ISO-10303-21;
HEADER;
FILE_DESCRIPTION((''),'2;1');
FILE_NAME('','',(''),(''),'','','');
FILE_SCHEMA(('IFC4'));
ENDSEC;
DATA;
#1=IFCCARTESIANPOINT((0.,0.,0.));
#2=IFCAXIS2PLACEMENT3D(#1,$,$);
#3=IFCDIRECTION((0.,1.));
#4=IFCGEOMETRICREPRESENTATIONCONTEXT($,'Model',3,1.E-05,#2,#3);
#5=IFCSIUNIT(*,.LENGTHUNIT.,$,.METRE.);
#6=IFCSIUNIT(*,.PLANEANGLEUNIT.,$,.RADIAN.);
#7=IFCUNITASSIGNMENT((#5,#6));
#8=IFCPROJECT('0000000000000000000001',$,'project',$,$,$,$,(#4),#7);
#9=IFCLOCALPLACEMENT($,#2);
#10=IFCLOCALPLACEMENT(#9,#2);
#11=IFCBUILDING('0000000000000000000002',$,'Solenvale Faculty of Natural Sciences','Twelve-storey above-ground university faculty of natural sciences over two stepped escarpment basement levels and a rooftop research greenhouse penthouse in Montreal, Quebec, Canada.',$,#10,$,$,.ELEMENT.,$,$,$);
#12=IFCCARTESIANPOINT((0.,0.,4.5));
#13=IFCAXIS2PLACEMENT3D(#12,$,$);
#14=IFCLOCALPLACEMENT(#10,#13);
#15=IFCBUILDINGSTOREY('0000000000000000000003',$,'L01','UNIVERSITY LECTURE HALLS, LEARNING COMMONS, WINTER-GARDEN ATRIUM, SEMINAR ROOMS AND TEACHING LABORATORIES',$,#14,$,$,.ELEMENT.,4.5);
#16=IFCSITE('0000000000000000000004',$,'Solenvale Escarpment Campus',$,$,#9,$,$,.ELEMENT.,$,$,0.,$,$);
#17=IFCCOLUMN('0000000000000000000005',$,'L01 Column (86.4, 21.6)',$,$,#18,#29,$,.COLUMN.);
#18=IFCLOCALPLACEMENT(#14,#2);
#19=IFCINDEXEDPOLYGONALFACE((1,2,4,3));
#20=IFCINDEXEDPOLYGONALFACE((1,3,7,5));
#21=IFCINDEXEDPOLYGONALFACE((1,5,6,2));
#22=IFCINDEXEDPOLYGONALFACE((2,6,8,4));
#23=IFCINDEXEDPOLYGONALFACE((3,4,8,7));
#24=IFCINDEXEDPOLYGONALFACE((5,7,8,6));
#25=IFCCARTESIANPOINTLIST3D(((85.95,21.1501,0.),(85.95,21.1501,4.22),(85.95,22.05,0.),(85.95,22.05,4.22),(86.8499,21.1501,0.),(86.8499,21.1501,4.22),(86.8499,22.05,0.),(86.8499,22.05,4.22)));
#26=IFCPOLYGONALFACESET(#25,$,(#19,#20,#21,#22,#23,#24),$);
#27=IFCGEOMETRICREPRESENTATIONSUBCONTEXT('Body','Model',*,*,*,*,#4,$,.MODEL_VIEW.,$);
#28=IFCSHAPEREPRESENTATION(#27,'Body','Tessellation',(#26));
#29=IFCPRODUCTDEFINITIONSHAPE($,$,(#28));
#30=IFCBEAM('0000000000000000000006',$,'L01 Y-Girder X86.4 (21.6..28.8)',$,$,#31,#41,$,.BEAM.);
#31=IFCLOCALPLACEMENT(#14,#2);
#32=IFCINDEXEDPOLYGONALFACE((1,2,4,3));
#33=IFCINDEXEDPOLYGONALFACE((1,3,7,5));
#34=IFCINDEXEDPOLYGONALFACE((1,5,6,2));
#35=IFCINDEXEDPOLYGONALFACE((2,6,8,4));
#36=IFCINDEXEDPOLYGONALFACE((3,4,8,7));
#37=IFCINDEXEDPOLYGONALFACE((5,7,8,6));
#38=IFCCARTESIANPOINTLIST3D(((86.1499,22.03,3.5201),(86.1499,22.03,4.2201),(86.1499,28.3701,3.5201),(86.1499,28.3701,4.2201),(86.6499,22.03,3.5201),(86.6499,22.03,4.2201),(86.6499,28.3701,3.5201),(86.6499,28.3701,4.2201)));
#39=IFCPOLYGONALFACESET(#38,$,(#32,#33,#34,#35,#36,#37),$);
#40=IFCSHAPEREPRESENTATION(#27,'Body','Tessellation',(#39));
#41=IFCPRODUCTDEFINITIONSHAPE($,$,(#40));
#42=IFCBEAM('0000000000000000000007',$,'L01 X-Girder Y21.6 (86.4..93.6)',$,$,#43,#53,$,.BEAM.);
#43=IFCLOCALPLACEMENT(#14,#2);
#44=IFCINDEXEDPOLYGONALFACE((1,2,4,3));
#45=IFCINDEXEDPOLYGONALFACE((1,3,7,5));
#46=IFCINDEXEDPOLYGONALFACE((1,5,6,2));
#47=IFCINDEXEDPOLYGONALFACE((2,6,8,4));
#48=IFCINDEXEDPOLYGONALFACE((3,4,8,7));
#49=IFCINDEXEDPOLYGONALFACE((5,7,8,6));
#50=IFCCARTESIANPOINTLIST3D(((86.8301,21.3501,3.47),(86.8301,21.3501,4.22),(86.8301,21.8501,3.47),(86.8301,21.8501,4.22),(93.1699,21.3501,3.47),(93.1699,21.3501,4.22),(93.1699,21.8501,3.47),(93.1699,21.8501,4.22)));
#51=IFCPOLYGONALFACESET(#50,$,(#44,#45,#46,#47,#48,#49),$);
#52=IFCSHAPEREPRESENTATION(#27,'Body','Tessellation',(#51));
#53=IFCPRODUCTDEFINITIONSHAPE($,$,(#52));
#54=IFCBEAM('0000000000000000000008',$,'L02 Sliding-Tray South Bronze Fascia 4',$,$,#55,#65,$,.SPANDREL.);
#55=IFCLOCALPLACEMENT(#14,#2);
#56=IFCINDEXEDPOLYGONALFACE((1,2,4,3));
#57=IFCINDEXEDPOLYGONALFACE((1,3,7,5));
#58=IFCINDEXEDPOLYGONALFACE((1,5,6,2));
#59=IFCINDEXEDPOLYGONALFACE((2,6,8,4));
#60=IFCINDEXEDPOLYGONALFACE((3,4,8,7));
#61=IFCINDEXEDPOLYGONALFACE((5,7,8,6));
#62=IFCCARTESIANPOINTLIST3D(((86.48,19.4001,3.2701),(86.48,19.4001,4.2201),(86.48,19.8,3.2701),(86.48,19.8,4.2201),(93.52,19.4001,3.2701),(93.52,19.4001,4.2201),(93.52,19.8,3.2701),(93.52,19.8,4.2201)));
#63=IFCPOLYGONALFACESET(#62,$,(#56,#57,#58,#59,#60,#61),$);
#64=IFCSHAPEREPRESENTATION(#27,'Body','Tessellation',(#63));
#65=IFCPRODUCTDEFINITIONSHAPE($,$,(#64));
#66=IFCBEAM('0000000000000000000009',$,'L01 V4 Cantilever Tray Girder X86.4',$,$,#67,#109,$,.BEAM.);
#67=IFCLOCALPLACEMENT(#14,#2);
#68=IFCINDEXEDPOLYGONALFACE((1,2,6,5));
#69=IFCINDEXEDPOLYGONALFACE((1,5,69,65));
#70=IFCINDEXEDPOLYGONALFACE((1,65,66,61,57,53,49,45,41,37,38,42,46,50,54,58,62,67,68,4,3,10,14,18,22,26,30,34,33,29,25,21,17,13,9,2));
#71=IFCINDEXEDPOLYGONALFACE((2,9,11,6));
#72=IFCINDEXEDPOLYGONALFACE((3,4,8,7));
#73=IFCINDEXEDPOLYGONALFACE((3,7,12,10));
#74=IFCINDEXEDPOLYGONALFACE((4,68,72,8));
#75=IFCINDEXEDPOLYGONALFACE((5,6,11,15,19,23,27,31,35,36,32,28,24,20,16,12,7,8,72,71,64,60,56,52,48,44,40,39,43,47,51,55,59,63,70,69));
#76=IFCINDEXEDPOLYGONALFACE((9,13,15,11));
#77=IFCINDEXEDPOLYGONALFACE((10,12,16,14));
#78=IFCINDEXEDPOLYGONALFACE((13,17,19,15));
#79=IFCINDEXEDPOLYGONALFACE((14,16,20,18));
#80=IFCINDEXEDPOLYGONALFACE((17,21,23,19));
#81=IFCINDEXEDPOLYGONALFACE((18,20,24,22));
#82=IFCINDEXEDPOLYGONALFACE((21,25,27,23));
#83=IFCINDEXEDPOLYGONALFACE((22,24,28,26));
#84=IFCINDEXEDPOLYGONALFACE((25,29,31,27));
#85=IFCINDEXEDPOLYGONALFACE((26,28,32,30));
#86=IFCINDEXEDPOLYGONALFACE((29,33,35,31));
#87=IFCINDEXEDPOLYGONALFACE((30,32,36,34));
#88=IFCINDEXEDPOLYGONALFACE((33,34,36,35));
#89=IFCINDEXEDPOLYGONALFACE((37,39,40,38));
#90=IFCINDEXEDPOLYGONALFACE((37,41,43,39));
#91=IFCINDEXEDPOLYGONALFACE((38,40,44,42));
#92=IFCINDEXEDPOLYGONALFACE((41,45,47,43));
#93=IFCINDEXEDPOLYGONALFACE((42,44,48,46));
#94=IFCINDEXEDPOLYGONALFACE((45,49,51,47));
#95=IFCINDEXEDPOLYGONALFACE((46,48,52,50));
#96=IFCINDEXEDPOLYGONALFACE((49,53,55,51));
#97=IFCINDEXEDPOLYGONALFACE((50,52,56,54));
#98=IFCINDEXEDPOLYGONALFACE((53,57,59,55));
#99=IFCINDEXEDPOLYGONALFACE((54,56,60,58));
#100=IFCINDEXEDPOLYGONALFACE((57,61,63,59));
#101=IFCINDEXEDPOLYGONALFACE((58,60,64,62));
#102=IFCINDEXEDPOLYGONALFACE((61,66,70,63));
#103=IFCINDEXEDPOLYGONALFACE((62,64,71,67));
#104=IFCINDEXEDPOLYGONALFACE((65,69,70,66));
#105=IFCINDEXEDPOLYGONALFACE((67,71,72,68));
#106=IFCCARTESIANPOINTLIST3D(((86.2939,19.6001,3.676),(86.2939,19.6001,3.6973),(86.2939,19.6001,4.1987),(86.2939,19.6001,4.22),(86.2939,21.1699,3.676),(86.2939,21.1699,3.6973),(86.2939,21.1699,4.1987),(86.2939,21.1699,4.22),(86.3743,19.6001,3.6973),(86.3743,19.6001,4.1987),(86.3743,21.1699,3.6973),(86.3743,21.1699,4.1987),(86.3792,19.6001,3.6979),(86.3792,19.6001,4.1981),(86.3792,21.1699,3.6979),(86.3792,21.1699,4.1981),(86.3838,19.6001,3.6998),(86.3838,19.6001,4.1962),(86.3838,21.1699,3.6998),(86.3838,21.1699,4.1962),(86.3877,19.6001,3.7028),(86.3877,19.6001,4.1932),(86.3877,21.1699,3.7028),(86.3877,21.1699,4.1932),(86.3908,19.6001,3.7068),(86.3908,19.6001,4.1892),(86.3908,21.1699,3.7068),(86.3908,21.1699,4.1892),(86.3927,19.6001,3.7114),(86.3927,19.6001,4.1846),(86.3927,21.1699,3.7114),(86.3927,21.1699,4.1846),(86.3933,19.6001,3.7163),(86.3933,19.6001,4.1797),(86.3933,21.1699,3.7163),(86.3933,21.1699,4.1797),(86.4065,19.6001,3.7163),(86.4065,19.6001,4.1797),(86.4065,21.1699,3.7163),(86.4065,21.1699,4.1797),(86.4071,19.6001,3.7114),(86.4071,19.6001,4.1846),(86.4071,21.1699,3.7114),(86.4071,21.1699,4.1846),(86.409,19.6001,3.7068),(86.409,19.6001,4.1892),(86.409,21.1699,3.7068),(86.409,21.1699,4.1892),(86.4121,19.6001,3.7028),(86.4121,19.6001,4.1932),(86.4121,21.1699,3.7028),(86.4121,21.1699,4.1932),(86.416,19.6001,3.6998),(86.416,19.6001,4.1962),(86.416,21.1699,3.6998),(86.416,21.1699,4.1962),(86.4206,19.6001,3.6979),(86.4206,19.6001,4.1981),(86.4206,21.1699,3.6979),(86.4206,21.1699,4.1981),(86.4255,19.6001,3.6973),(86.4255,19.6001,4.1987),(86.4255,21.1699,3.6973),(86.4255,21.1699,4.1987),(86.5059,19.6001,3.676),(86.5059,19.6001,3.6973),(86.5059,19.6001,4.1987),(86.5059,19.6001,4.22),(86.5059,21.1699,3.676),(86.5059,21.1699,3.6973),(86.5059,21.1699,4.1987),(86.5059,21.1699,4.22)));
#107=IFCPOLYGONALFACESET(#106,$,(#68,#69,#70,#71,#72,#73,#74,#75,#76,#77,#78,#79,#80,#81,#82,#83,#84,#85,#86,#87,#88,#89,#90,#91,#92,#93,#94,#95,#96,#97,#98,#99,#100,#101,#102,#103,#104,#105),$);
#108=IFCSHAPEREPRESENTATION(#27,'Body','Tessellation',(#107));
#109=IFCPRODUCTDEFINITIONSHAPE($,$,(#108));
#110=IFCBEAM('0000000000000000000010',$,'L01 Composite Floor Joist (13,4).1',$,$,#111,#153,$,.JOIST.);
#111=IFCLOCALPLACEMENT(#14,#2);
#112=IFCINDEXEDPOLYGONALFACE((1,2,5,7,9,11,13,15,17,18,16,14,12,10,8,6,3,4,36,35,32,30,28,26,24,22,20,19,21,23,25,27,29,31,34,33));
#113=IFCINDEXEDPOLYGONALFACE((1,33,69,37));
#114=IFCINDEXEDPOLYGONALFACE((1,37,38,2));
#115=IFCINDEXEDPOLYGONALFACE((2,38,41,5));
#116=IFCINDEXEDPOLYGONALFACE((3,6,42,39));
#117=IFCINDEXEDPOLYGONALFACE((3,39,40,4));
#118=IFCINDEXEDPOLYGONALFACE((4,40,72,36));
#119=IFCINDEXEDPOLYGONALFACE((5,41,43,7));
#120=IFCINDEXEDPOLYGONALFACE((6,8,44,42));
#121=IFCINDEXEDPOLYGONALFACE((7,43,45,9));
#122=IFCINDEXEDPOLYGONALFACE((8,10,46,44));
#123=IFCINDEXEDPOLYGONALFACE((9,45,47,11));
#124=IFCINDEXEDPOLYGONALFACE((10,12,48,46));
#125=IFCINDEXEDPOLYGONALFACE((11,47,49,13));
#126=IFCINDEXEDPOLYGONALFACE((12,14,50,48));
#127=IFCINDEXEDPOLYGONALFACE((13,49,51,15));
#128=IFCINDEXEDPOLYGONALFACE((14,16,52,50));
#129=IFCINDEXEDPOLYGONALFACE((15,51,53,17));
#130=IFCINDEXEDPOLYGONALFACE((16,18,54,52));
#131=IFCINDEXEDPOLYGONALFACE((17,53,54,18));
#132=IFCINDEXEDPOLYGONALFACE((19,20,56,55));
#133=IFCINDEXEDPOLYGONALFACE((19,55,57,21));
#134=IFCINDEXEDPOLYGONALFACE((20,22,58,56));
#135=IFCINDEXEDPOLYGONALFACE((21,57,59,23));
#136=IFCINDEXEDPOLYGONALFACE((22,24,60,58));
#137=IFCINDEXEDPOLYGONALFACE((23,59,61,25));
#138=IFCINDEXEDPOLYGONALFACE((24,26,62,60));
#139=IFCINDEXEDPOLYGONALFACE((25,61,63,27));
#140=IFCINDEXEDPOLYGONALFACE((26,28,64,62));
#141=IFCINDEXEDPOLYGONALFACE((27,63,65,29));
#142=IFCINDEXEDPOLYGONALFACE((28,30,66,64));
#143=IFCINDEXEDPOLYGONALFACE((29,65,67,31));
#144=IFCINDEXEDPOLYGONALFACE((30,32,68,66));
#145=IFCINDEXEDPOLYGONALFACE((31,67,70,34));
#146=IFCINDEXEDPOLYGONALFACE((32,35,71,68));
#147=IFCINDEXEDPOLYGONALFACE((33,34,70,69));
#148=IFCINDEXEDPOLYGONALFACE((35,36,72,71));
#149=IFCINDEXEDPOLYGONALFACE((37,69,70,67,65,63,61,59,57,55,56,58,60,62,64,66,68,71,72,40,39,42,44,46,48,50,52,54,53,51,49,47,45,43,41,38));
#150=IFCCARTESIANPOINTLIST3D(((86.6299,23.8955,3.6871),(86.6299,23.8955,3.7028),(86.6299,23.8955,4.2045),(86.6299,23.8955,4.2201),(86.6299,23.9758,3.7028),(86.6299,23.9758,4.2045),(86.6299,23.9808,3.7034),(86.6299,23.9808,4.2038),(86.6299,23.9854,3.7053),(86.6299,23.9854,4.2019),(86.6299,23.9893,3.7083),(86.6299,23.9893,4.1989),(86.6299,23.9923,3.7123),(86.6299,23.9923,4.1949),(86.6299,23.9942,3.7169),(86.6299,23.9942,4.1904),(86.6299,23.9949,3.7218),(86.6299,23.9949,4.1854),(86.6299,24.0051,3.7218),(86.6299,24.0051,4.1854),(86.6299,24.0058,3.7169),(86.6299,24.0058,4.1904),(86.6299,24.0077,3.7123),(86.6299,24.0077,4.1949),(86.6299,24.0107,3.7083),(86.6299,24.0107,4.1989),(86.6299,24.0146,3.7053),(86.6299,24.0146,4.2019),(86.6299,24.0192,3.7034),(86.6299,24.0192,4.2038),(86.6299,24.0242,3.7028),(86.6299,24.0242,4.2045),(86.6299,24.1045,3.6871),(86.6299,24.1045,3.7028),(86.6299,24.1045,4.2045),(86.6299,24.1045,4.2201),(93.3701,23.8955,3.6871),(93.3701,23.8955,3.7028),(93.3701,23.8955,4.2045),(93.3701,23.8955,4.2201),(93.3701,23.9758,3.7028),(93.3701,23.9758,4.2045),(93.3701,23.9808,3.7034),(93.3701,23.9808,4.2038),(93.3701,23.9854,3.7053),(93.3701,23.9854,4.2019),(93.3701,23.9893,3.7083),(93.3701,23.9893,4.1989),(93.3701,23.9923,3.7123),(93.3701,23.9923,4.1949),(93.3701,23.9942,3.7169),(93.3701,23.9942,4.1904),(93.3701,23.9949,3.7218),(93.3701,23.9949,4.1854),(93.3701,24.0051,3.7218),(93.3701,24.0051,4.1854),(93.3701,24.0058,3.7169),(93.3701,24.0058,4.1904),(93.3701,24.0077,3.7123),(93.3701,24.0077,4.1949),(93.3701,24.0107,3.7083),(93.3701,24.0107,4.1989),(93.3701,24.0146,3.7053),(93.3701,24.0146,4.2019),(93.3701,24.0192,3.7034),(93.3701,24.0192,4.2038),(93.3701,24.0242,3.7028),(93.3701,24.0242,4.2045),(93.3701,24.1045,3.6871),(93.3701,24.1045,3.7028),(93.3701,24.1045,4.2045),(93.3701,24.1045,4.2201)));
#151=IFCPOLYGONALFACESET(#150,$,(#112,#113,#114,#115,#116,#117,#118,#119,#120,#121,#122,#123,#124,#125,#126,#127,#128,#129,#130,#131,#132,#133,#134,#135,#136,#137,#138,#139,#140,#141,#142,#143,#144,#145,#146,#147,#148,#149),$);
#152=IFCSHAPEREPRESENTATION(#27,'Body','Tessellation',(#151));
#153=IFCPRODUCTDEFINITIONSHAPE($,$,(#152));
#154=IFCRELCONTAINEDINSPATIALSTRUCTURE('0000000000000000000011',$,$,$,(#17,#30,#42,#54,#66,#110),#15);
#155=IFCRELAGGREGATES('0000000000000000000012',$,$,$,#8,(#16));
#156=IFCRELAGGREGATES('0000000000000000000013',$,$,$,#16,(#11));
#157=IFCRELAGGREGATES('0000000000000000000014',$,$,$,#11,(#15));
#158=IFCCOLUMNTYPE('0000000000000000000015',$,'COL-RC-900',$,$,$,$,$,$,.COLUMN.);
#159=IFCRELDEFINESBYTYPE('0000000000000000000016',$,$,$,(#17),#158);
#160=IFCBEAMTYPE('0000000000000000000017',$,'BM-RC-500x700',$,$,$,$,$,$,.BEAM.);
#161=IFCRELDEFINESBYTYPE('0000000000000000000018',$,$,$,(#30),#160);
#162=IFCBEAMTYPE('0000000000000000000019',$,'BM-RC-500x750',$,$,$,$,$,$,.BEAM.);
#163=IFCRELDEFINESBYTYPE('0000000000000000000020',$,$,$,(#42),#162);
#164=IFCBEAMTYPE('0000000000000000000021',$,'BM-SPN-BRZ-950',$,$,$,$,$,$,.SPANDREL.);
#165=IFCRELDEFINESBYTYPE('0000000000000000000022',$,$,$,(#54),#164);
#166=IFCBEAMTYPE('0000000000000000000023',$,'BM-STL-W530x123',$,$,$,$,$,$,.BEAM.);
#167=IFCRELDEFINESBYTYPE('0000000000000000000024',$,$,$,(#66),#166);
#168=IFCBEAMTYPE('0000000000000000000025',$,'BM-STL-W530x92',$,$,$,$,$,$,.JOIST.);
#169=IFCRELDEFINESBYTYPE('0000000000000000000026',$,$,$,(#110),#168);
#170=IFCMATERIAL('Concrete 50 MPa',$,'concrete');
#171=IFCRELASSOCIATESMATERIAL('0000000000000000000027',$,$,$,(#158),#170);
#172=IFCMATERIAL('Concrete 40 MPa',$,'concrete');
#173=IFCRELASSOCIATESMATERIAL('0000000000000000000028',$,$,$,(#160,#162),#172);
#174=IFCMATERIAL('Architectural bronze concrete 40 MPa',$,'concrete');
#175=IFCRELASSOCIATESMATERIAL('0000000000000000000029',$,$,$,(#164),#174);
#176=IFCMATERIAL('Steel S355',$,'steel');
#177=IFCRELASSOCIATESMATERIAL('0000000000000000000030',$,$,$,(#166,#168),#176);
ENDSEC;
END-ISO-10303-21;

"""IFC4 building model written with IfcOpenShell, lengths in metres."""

from ifc_helpers import new_model, si_unit, direction, frame, origin, origin_2d, place, context, subcontext, project, spatial, rectangle, i_section, extrude, material, material_profile, profile_set, type_object, element, save


model = new_model("IFC4")

# Units and contexts
model_context = context("Model", 3, precision=1e-05, world=origin(), true_north=direction((0.0, 1.0)))
body_context = subcontext(model_context, "Body", "Model", "MODEL_VIEW")
ifc_project = project(units=[si_unit("LENGTHUNIT", "METRE"), si_unit("PLANEANGLEUNIT", "RADIAN")], contexts=[model_context])

# Site, building, storey
site_placement = place(None, origin())
site = spatial("IfcSite", under=ifc_project, at=site_placement, Name="Solenvale Escarpment Campus", CompositionType="ELEMENT", RefElevation=0.0)
building_placement = place(site_placement, origin())
building = spatial("IfcBuilding", under=site, at=building_placement, Name="Solenvale Faculty of Natural Sciences", Description="Twelve-storey above-ground university faculty of natural sciences over two stepped escarpment basement levels and a rooftop research greenhouse penthouse in Montreal, Quebec, Canada.", CompositionType="ELEMENT")
storey_placement = place(building_placement, frame((0.0, 0.0, 4.5)))
storey = spatial("IfcBuildingStorey", under=building, at=storey_placement, Name="L01", Description="UNIVERSITY LECTURE HALLS, LEARNING COMMONS, WINTER-GARDEN ATRIUM, SEMINAR ROOMS AND TEACHING LABORATORIES", CompositionType="ELEMENT", Elevation=4.5)

# Column
ifc_material_1 = material(Name="Concrete 50 MPa", Category="concrete")
ifc_material_profile_1 = material_profile(ifc_material_1, rectangle(XDim=0.8999, YDim=0.8999, at=origin_2d()), Name="RC-COL-900x900")
ifc_profile_set_1 = profile_set([ifc_material_profile_1], Name="Concrete 50 MPa")
column_type = type_object("IfcColumnType", Name="COL-RC-900", PredefinedType="COLUMN", material=ifc_profile_set_1)
column_placement = place(storey_placement, frame((86.3999, 21.6001, 0.0), z_axis=(0.0, 0.0, 1.0), x_axis=(1.0, 0.0, 0.0)))
element("IfcColumn", 1, at=column_placement, inside=storey, type_object=column_type, Name="L01 Column (86.4, 21.6)", PredefinedType="COLUMN", context=body_context, shape_type="SweptSolid", body=[
    extrude(rectangle(XDim=0.8999, YDim=0.8999, at=origin_2d()), origin(), (0.0, 0.0, 1.0), 4.22),
])

# Beams
ifc_material_2 = material(Name="Concrete 40 MPa", Category="concrete")
ifc_material_profile_2 = material_profile(ifc_material_2, rectangle(XDim=0.5, YDim=0.7, at=origin_2d()), Name="RC-BM-500x700")
ifc_profile_set_2 = profile_set([ifc_material_profile_2], Name="Concrete 40 MPa")
beam_type_1 = type_object("IfcBeamType", Name="BM-RC-500x700", PredefinedType="BEAM", material=ifc_profile_set_2)
beam_1_placement = place(storey_placement, frame((86.3999, 22.03, 3.8701), z_axis=(0.0, 1.0, 0.0), x_axis=(-1.0, 0.0, 0.0)))
element("IfcBeam", 2, at=beam_1_placement, inside=storey, type_object=beam_type_1, Name="L01 Y-Girder X86.4 (21.6..28.8)", PredefinedType="BEAM", context=body_context, shape_type="SweptSolid", body=[
    extrude(rectangle(XDim=0.5, YDim=0.7, at=origin_2d()), origin(), (0.0, 0.0, 1.0), 6.3401),
])
ifc_material_profile_3 = material_profile(ifc_material_2, rectangle(XDim=0.5, YDim=0.75, at=origin_2d()), Name="RC-BM-500x750")
ifc_profile_set_3 = profile_set([ifc_material_profile_3], Name="Concrete 40 MPa")
beam_type_2 = type_object("IfcBeamType", Name="BM-RC-500x750", PredefinedType="BEAM", material=ifc_profile_set_3)
beam_2_placement = place(storey_placement, frame((86.8301, 21.6001, 3.845), z_axis=(1.0, 0.0, 0.0), x_axis=(0.0, 1.0, 0.0)))
element("IfcBeam", 3, at=beam_2_placement, inside=storey, type_object=beam_type_2, Name="L01 X-Girder Y21.6 (86.4..93.6)", PredefinedType="BEAM", context=body_context, shape_type="SweptSolid", body=[
    extrude(rectangle(XDim=0.5, YDim=0.75, at=origin_2d()), origin(), (0.0, 0.0, 1.0), 6.3398),
])
ifc_material_3 = material(Name="Architectural bronze concrete 40 MPa", Category="concrete")
ifc_material_profile_4 = material_profile(ifc_material_3, rectangle(XDim=0.3999, YDim=0.95, at=origin_2d()), Name="RC-SPN-400x950")
ifc_profile_set_4 = profile_set([ifc_material_profile_4], Name="Architectural bronze concrete 40 MPa")
beam_type_3 = type_object("IfcBeamType", Name="BM-SPN-BRZ-950", PredefinedType="SPANDREL", material=ifc_profile_set_4)
beam_3_placement = place(storey_placement, frame((86.48, 19.6001, 3.7451), z_axis=(1.0, 0.0, 0.0), x_axis=(0.0, 1.0, 0.0)))
element("IfcBeam", 4, at=beam_3_placement, inside=storey, type_object=beam_type_3, Name="L02 Sliding-Tray South Bronze Fascia 4", PredefinedType="SPANDREL", context=body_context, shape_type="SweptSolid", body=[
    extrude(rectangle(XDim=0.3999, YDim=0.95, at=origin_2d()), origin(), (0.0, 0.0, 1.0), 7.04),
])
ifc_material_4 = material(Name="Steel S355", Category="steel")
ifc_material_profile_5 = material_profile(ifc_material_4, i_section(OverallWidth=0.2119, OverallDepth=0.5439, WebThickness=0.0132, FlangeThickness=0.0212, FilletRadius=0.019, at=origin_2d()), Name="W530x123")
ifc_profile_set_5 = profile_set([ifc_material_profile_5], Name="Steel S355")
beam_type_4 = type_object("IfcBeamType", Name="BM-STL-W530x123", PredefinedType="BEAM", material=ifc_profile_set_5)
beam_4_placement = place(storey_placement, frame((86.3999, 21.1699, 3.948), z_axis=(0.0, -1.0, 0.0), x_axis=(1.0, 0.0, 0.0)))
element("IfcBeam", 5, at=beam_4_placement, inside=storey, type_object=beam_type_4, Name="L01 V4 Cantilever Tray Girder X86.4", PredefinedType="BEAM", context=body_context, shape_type="SweptSolid", body=[
    extrude(i_section(OverallWidth=0.2119, OverallDepth=0.5439, WebThickness=0.0132, FlangeThickness=0.0212, FilletRadius=0.019, at=origin_2d()), origin(), (0.0, 0.0, 1.0), 1.5698),
])
ifc_material_profile_6 = material_profile(ifc_material_4, i_section(OverallWidth=0.209, OverallDepth=0.533, WebThickness=0.0103, FlangeThickness=0.0156, FilletRadius=0.019, at=origin_2d()), Name="W530x92")
ifc_profile_set_6 = profile_set([ifc_material_profile_6], Name="Steel S355")
beam_type_5 = type_object("IfcBeamType", Name="BM-STL-W530x92", PredefinedType="JOIST", material=ifc_profile_set_6)
for number, where, z_axis, x_axis, name in (
    (6, (86.6299, 24.0, 3.9536), (1.0, 0.0, 0.0), (0.0, 1.0, 0.0), "L01 Composite Floor Joist (13,4).1"),
):
    element("IfcBeam", number, at=place(storey_placement, frame(where, z_axis=z_axis, x_axis=x_axis)), inside=storey, type_object=beam_type_5, Name=name, PredefinedType="JOIST", context=body_context, shape_type="SweptSolid", body=[
        extrude(i_section(OverallWidth=0.209, OverallDepth=0.533, WebThickness=0.0103, FlangeThickness=0.0156, FilletRadius=0.019, at=origin_2d()), origin(), (0.0, 0.0, 1.0), 6.7402),
    ])

save(model, "model.ifc")
